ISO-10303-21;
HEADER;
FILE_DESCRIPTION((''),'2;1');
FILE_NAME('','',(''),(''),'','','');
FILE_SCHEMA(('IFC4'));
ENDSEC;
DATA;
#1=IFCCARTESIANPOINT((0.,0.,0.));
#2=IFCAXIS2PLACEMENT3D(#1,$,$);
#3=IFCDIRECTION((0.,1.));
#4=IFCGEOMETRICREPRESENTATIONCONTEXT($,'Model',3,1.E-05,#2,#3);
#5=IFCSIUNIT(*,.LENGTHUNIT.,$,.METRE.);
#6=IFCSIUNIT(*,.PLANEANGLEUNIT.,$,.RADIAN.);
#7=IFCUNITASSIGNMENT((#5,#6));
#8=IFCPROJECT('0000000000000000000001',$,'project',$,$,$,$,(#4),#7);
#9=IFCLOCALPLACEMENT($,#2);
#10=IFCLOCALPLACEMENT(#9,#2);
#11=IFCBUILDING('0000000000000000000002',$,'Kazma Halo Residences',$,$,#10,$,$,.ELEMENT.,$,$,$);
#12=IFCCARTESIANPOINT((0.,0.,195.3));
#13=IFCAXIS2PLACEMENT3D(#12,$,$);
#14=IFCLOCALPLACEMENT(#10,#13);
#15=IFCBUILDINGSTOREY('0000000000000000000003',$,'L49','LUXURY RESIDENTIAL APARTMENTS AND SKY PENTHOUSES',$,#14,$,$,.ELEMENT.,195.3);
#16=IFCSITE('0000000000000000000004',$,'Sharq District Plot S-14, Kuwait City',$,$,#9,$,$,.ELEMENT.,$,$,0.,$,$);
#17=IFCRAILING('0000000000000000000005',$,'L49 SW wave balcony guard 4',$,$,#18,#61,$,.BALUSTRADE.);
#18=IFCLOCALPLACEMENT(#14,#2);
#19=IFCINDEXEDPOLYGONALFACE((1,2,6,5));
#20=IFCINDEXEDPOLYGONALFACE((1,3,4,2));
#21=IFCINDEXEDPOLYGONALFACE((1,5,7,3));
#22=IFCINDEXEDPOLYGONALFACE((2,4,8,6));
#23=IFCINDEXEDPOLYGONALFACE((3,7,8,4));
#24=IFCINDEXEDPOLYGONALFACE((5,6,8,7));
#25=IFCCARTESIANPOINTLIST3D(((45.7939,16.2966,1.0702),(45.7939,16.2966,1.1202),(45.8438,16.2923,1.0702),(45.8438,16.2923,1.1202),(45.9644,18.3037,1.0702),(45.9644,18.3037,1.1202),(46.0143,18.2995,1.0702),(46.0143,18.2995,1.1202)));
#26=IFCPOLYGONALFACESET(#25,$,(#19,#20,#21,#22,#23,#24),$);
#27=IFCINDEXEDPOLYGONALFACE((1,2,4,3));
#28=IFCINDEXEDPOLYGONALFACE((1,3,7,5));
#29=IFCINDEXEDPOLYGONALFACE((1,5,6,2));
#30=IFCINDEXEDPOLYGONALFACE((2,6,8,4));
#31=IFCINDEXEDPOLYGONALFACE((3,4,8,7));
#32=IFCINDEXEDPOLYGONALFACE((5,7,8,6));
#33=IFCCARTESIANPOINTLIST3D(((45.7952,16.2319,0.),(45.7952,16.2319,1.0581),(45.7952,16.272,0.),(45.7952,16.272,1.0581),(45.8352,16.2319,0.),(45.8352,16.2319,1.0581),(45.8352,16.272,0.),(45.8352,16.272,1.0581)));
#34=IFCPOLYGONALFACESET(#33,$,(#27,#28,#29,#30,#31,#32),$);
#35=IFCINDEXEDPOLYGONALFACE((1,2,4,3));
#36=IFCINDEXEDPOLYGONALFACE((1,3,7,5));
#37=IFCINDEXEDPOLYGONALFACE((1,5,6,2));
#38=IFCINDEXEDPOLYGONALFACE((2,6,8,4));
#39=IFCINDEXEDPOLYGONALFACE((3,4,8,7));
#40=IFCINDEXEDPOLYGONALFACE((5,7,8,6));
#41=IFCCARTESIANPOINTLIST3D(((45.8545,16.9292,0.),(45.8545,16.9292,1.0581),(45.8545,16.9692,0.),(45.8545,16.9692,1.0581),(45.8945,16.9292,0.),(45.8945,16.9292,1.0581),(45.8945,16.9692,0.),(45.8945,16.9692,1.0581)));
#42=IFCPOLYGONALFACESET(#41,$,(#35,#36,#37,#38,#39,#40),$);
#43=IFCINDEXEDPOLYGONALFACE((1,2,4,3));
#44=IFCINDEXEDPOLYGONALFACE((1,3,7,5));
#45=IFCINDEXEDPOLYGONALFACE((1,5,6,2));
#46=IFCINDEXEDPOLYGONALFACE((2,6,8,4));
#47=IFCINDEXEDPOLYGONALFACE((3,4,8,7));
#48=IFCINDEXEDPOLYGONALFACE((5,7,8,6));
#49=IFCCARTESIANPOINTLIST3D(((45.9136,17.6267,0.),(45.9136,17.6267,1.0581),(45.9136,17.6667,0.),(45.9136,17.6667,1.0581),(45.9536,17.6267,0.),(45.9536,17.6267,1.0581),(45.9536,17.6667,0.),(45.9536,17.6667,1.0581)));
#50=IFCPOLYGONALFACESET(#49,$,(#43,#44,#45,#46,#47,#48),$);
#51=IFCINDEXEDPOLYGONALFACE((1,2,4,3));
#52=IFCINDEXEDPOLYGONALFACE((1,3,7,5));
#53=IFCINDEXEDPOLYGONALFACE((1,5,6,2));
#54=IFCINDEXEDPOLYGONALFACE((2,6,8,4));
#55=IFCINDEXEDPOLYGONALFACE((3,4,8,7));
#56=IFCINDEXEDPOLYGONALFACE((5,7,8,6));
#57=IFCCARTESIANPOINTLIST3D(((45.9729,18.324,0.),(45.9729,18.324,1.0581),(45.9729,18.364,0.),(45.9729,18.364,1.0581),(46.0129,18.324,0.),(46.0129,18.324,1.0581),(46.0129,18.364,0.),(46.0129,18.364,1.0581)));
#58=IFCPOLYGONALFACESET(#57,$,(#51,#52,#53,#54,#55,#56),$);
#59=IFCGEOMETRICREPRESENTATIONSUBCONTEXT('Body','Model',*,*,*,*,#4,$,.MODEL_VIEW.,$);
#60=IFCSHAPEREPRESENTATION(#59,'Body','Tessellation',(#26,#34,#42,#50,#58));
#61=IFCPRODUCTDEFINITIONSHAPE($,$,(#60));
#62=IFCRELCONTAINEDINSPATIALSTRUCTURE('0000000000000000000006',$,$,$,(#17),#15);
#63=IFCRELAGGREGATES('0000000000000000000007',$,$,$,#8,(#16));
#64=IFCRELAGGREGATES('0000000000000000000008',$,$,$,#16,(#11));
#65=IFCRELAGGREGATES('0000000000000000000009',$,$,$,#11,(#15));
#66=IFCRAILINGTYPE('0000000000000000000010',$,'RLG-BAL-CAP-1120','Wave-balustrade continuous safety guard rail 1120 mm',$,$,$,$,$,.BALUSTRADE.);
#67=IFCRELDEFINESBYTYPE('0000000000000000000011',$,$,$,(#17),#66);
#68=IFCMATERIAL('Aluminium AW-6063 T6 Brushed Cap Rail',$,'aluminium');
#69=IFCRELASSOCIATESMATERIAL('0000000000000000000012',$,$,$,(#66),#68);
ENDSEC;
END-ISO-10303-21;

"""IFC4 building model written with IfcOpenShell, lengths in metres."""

from ifc_helpers import new_model, si_unit, direction, frame, origin, origin_2d, place, context, subcontext, project, spatial, rectangle, extrude, material, type_object, element, save


model = new_model("IFC4")

# Units and contexts
model_context = context("Model", 3, precision=1e-05, world=origin(), true_north=direction((0.0, 1.0)))
body_context = subcontext(model_context, "Body", "Model", "MODEL_VIEW")
ifc_project = project(units=[si_unit("LENGTHUNIT", "METRE"), si_unit("PLANEANGLEUNIT", "RADIAN")], contexts=[model_context])

# Site, building, storey
site_placement = place(None, origin())
site = spatial("IfcSite", under=ifc_project, at=site_placement, Name="Sharq District Plot S-14, Kuwait City", CompositionType="ELEMENT", RefElevation=0.0)
building_placement = place(site_placement, origin())
building = spatial("IfcBuilding", under=site, at=building_placement, Name="Kazma Halo Residences", CompositionType="ELEMENT")
storey_placement = place(building_placement, frame((0.0, 0.0, 195.3)))
storey = spatial("IfcBuildingStorey", under=building, at=storey_placement, Name="L49", Description="LUXURY RESIDENTIAL APARTMENTS AND SKY PENTHOUSES", CompositionType="ELEMENT", Elevation=195.3)

# Railing
ifc_material_1 = material(Name="Aluminium AW-6063 T6 Brushed Cap Rail", Category="aluminium")
railing_type = type_object("IfcRailingType", Name="RLG-BAL-CAP-1120", Description="Wave-balustrade continuous safety guard rail 1120 mm", PredefinedType="BALUSTRADE", material=ifc_material_1)
railing_1_placement = place(storey_placement, frame((45.8152, 16.252, 0.0)))
element("IfcRailing", 1, at=railing_1_placement, inside=storey, type_object=railing_type, Name="L49 SW wave balcony guard 4", PredefinedType="BALUSTRADE", context=body_context, shape_type="SweptSolid", body=[
    extrude(rectangle(XDim=0.05, YDim=0.05, at=origin_2d()), frame((0.0037, 0.0425, 1.0952), z_axis=(0.084652, 0.996411, 0.0), x_axis=(-0.996411, 0.084652, 0.0)), (0.0, 0.0, 1.0), 2.0144),
    extrude(rectangle(XDim=0.04, YDim=0.04, at=origin_2d()), origin(), (0.0, 0.0, 1.0), 1.0581),
    extrude(rectangle(XDim=0.04, YDim=0.04, at=origin_2d()), frame((0.0593, 0.6973, 0.0)), (0.0, 0.0, 1.0), 1.0581),
    extrude(rectangle(XDim=0.04, YDim=0.04, at=origin_2d()), frame((0.1184, 1.3948, 0.0)), (0.0, 0.0, 1.0), 1.0581),
    extrude(rectangle(XDim=0.04, YDim=0.04, at=origin_2d()), frame((0.1777, 2.092, 0.0)), (0.0, 0.0, 1.0), 1.0581),
])

save(model, "model.ifc")
